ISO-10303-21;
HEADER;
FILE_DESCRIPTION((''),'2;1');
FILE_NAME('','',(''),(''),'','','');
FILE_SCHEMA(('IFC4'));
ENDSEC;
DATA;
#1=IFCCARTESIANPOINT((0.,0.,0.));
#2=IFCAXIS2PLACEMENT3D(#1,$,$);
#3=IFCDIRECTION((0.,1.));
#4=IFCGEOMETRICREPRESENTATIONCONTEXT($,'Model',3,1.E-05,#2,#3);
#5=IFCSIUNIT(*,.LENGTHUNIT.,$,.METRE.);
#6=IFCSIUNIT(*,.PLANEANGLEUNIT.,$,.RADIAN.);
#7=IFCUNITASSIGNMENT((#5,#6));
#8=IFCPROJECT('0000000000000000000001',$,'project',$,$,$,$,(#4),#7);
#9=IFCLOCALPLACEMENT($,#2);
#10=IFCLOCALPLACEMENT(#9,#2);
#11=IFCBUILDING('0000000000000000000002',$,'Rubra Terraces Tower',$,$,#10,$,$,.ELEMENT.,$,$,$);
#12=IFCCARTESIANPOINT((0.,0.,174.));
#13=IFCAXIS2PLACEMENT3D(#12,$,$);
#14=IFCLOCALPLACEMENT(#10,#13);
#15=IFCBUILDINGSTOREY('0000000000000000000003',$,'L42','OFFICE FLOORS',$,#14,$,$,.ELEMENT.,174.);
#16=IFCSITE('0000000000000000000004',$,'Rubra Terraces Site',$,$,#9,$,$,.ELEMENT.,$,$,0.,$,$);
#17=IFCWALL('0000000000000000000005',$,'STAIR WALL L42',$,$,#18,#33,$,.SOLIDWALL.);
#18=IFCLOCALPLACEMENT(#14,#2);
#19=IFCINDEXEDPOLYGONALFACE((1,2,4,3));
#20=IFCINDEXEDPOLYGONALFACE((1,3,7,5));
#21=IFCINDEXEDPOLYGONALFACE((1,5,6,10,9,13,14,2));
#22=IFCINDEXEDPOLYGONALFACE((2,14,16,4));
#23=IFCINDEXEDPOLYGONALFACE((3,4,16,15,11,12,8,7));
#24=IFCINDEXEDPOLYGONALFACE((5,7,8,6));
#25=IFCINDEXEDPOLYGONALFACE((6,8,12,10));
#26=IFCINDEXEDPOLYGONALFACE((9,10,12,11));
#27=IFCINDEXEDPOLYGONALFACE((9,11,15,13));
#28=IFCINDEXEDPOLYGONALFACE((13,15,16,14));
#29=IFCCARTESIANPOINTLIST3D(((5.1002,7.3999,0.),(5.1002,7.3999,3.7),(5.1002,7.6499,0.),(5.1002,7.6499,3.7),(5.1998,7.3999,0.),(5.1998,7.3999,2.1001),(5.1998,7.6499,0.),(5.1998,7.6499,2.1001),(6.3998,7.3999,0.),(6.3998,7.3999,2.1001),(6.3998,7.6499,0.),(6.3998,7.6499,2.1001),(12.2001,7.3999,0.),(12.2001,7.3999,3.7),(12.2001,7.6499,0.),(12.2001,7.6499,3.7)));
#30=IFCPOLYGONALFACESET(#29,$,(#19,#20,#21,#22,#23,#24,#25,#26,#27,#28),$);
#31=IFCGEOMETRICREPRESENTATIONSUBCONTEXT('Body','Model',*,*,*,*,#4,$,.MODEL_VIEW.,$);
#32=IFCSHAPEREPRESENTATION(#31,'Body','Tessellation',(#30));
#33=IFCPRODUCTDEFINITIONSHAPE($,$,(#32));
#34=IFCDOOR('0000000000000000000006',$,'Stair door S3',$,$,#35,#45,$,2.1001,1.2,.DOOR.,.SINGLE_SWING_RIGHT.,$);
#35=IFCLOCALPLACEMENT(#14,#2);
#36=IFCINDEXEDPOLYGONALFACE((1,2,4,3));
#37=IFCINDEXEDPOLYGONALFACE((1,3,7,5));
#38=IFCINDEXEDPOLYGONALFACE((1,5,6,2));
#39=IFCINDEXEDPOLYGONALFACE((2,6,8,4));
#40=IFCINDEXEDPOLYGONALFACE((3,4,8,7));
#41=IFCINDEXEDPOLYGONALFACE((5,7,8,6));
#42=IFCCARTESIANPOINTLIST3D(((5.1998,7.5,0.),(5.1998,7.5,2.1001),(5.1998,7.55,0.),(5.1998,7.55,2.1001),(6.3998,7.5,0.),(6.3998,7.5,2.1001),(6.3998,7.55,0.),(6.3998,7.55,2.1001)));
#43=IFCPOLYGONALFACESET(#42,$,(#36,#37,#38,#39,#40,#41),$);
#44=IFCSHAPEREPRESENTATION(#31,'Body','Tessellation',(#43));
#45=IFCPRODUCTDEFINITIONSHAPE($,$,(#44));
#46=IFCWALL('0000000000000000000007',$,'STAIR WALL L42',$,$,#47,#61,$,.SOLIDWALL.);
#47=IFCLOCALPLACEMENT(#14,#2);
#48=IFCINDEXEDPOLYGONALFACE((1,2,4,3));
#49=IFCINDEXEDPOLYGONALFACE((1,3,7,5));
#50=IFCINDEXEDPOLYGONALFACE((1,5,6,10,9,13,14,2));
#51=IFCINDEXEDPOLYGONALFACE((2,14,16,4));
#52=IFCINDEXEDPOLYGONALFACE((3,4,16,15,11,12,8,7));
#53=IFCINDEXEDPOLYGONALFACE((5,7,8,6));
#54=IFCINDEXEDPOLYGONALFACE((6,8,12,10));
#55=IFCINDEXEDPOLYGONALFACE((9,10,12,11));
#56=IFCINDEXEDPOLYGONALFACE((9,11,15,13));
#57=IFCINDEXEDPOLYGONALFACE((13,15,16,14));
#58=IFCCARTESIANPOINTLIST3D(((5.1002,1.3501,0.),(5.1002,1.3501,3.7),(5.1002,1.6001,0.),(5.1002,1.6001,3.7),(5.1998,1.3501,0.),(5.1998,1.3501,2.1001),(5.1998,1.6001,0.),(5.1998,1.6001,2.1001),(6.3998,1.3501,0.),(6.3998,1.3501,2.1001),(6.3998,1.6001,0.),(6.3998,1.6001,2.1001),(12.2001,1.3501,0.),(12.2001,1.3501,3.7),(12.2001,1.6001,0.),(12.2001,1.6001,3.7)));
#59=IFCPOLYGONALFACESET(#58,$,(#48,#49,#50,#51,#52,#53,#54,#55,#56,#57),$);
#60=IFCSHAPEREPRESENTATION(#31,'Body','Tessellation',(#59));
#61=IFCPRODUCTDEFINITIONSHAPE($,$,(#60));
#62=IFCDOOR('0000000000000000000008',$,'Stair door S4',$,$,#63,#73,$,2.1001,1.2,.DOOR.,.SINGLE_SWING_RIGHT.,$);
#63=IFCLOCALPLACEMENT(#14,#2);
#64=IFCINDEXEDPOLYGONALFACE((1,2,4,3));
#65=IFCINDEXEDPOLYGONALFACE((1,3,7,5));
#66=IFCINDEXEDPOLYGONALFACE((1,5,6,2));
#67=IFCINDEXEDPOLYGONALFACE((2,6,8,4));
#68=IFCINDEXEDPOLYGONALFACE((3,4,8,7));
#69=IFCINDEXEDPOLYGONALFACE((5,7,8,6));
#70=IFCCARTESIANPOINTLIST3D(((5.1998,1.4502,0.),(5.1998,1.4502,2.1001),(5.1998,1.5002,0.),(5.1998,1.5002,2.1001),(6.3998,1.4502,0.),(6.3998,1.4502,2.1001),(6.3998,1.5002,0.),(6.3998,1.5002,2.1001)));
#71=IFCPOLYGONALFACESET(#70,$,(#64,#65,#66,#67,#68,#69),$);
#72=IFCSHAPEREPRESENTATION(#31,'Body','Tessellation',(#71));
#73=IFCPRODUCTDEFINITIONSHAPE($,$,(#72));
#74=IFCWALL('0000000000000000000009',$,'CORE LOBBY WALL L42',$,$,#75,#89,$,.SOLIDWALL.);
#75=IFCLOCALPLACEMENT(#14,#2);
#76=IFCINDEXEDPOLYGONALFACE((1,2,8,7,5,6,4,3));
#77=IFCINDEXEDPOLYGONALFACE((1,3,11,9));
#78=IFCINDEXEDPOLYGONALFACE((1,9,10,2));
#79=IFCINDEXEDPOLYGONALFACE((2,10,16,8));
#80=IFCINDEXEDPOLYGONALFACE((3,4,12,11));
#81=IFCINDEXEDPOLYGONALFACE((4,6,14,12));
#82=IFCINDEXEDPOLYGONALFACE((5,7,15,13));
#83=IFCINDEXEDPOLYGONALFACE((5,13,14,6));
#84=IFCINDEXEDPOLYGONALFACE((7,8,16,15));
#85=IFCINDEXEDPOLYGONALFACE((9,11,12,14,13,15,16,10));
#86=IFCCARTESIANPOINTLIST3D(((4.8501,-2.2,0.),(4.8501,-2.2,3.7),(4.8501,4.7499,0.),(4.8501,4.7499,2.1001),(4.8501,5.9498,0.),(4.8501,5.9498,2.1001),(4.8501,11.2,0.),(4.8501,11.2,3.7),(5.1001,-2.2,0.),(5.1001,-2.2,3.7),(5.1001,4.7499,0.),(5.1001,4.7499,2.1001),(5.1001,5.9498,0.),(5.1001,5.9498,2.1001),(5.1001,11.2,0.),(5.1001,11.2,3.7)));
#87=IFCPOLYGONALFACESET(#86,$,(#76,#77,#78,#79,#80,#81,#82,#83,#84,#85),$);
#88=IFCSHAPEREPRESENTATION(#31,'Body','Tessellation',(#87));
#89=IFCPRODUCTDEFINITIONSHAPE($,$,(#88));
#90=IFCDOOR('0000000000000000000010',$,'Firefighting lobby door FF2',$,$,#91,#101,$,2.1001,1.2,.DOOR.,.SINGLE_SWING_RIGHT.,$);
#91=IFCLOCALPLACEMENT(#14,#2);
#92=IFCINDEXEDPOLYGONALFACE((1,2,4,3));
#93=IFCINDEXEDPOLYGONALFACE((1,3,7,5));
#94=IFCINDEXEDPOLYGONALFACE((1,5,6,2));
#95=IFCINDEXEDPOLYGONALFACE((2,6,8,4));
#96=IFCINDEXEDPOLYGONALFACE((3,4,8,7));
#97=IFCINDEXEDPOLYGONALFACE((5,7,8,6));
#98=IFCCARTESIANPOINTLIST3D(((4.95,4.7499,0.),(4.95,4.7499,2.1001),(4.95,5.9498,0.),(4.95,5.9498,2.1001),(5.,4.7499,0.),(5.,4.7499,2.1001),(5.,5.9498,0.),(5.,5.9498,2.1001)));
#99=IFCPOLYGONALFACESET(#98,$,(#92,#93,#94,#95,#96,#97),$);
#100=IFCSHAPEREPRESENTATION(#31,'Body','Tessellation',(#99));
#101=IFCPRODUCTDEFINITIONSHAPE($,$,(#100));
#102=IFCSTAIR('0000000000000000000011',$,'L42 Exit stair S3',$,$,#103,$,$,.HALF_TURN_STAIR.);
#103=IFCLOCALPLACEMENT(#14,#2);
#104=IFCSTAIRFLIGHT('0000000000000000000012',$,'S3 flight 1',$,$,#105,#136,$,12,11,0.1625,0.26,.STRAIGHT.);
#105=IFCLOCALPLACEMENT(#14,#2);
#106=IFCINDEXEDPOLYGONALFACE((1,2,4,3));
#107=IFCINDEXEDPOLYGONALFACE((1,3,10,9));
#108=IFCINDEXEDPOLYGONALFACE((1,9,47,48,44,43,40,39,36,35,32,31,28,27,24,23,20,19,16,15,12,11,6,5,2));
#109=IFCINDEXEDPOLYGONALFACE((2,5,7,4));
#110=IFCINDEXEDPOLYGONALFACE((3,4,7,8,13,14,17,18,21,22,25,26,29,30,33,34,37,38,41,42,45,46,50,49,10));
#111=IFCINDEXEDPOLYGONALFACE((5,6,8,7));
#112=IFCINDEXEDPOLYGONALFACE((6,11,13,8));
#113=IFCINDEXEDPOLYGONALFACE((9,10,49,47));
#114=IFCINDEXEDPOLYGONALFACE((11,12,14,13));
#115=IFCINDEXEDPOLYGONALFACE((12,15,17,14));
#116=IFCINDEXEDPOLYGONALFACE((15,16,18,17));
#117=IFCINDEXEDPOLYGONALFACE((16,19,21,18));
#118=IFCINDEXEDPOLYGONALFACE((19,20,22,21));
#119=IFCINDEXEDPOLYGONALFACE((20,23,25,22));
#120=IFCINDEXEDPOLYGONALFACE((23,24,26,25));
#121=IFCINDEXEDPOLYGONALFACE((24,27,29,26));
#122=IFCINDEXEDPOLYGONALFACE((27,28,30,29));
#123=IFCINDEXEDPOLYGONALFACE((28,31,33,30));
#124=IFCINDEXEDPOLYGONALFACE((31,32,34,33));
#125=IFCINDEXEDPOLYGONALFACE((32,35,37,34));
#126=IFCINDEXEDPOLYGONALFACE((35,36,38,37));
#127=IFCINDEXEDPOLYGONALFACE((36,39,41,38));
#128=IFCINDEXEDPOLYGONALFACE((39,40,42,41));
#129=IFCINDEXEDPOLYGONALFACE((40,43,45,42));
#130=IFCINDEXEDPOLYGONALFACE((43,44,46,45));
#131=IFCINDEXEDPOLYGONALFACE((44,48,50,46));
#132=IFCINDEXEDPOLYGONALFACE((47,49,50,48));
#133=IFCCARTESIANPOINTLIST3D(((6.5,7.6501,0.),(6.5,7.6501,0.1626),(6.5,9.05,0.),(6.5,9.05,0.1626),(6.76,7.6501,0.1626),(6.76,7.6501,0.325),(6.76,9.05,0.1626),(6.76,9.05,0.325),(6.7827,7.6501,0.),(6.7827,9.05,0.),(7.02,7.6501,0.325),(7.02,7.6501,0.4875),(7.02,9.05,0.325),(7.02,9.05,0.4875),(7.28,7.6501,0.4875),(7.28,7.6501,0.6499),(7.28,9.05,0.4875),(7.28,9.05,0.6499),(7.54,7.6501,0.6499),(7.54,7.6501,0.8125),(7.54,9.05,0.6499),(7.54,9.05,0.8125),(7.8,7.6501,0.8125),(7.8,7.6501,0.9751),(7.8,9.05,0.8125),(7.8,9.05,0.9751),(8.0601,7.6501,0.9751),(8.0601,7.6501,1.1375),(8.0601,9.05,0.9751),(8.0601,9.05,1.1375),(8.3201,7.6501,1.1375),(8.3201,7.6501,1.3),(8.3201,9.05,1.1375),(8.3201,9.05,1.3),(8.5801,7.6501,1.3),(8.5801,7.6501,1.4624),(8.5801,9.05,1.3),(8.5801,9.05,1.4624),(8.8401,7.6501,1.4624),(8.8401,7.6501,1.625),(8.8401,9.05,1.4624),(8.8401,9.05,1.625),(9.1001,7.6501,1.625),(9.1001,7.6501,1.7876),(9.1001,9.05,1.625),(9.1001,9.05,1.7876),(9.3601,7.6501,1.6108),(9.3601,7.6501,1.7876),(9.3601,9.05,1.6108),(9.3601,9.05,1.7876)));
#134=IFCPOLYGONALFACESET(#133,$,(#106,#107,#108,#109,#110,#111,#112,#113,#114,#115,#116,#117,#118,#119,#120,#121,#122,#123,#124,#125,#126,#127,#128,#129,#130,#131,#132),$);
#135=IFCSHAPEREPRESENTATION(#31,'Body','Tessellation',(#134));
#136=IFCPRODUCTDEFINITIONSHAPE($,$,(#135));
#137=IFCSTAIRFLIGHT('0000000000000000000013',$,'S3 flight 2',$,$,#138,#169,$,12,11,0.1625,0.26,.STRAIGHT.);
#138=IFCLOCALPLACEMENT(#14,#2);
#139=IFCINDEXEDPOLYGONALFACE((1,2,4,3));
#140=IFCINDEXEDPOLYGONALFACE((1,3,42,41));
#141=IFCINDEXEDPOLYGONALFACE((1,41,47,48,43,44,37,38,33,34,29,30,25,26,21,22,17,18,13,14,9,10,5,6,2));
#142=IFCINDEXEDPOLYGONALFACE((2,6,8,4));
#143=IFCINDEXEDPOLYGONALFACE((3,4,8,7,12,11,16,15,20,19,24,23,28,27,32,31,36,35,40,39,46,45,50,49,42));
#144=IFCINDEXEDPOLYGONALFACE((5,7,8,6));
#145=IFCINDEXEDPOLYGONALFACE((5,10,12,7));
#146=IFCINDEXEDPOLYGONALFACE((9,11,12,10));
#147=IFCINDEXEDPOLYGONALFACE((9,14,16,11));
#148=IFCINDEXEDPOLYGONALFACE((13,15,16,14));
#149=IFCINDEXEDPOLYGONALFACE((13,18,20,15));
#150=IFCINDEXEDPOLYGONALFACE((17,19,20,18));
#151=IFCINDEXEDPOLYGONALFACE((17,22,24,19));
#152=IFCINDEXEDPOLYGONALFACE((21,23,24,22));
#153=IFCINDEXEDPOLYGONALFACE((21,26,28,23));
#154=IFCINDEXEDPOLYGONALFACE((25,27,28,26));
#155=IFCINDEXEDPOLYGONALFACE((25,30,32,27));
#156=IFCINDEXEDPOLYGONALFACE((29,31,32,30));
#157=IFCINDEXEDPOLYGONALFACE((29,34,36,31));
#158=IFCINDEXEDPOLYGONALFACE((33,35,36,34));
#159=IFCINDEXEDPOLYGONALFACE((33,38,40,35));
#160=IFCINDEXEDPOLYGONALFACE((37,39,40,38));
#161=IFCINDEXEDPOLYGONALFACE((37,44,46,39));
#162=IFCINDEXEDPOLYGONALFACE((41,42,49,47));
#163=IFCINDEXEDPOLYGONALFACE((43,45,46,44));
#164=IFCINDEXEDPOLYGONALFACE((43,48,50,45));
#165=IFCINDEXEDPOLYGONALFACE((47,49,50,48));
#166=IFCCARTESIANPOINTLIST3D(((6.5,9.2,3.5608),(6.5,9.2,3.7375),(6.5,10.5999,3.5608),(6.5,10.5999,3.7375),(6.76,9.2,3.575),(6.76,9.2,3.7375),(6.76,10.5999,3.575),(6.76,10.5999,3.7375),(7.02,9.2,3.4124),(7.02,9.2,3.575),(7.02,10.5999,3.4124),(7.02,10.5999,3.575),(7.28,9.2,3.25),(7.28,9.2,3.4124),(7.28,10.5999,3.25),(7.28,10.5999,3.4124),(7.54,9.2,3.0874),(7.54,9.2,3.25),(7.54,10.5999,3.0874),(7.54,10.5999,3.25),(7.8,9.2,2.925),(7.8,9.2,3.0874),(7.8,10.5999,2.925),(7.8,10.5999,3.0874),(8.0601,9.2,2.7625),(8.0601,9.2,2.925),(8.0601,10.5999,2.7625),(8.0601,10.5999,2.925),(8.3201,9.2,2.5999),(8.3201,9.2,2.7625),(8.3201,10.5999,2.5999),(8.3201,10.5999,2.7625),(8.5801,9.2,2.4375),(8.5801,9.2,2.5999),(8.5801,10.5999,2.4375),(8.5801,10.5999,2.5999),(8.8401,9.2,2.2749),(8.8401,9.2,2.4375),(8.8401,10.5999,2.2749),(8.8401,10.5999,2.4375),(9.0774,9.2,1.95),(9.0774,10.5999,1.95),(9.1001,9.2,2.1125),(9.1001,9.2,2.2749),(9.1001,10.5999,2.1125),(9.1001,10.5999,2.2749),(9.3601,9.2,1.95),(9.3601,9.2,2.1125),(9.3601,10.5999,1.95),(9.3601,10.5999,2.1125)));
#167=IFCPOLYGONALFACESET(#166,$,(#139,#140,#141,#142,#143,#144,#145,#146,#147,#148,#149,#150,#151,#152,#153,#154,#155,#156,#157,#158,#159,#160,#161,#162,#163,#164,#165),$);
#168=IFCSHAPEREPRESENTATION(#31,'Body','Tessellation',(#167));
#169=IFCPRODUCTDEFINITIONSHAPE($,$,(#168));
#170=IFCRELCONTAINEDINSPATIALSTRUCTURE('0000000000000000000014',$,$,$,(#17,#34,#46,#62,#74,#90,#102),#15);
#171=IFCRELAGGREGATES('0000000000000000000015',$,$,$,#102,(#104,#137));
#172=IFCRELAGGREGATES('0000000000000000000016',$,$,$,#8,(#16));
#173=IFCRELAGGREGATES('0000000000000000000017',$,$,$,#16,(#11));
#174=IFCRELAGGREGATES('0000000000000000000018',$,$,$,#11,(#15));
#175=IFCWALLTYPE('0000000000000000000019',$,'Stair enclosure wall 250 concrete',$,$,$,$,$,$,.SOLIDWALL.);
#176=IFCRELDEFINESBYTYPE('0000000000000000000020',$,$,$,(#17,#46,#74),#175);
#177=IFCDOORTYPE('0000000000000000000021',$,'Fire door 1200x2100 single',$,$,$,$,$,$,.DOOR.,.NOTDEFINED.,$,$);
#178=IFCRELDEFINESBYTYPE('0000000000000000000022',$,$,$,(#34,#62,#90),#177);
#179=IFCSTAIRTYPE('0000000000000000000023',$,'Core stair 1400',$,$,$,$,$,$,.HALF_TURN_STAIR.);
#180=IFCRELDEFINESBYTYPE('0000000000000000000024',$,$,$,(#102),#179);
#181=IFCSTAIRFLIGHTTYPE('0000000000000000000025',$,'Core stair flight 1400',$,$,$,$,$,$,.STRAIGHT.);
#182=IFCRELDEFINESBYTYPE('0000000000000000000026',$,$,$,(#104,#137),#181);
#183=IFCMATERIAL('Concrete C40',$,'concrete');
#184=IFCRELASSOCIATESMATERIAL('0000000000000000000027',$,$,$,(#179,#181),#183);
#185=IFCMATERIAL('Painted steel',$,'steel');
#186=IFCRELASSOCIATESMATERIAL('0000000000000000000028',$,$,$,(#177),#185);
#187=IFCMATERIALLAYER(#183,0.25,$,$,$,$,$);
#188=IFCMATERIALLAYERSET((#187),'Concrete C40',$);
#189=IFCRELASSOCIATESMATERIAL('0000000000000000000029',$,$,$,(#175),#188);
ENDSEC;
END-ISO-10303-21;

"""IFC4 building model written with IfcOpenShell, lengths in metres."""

from ifc_helpers import new_model, si_unit, direction, frame, frame_2d, origin, place, context, subcontext, project, spatial, polyline, rectangle, outline, extrude, material, layer, layer_set, type_object, element, fill, aggregate, save


model = new_model("IFC4")

# Units and contexts
model_context = context("Model", 3, precision=1e-05, world=origin(), true_north=direction((0.0, 1.0)))
body_context = subcontext(model_context, "Body", "Model", "MODEL_VIEW")
ifc_project = project(units=[si_unit("LENGTHUNIT", "METRE"), si_unit("PLANEANGLEUNIT", "RADIAN")], contexts=[model_context])

# Site, building, storey
site_placement = place(None, origin())
site = spatial("IfcSite", under=ifc_project, at=site_placement, Name="Rubra Terraces Site", CompositionType="ELEMENT", RefElevation=0.0)
building_placement = place(site_placement, origin())
building = spatial("IfcBuilding", under=site, at=building_placement, Name="Rubra Terraces Tower", CompositionType="ELEMENT")
storey_placement = place(building_placement, frame((0.0, 0.0, 174.0)))
storey = spatial("IfcBuildingStorey", under=building, at=storey_placement, Name="L42", Description="OFFICE FLOORS", CompositionType="ELEMENT", Elevation=174.0)

# Shared definitions
ifc_material_1 = material(Name="Concrete C40", Category="concrete")
stair_type = type_object("IfcStairType", Name="Core stair 1400", PredefinedType="HALF_TURN_STAIR", material=ifc_material_1)

# Shared definitions
ifc_material_2 = material(Name="Painted steel", Category="steel")
door_type_1 = type_object("IfcDoorType", Name="Fire door 1200x2100 single", OperationType="NOTDEFINED", PredefinedType="DOOR", material=ifc_material_2)

# Walls, openings, doors
ifc_layer_1 = layer(ifc_material_1, 0.25)
ifc_layer_set_1 = layer_set([ifc_layer_1], Name="Concrete C40")
wall_type_1 = type_object("IfcWallType", Name="Stair enclosure wall 250 concrete", PredefinedType="SOLIDWALL", material=ifc_layer_set_1)
wall_1_placement = place(storey_placement, frame((12.2, 7.5249, 0.0), z_axis=(0.0, 0.0, 1.0), x_axis=(-1.0, 0.0, 0.0)))
wall_1 = element("IfcWall", 1, at=wall_1_placement, inside=storey, type_object=wall_type_1, Name="STAIR WALL L42", PredefinedType="SOLIDWALL", context=body_context, shape_type="SweptSolid", body=[
    extrude(rectangle(XDim=7.0999, YDim=0.25, at=frame_2d((3.5498, 0.0))), origin(), (0.0, 0.0, 1.0), 3.7),
])
opening_1_placement = place(wall_1_placement, frame((5.8, 0.0, 0.0)))
opening_1 = element("IfcOpeningElement", 2, at=opening_1_placement, cuts=wall_1, PredefinedType="OPENING", context=body_context, shape_type="SweptSolid", body=[
    extrude(rectangle(XDim=1.2, YDim=2.1001, at=frame_2d((0.6001, 1.05))), frame((0.0, 0.135, 0.0), z_axis=(0.0, -1.0, 0.0), x_axis=(1.0, 0.0, 0.0)), (0.0, 0.0, 1.0), 0.27),
])
door_1_placement = place(opening_1_placement, origin())
door_1 = element("IfcDoor", 3, at=door_1_placement, inside=storey, type_object=door_type_1, Name="Stair door S3", OperationType="SINGLE_SWING_RIGHT", OverallHeight=2.1001, OverallWidth=1.2, PredefinedType="DOOR", context=body_context, shape_type="SweptSolid", body=[
    extrude(rectangle(XDim=1.2, YDim=2.1001, at=frame_2d((0.6001, 1.05))), frame((0.0, 0.0249, 0.0), z_axis=(0.0, -1.0, 0.0), x_axis=(1.0, 0.0, 0.0)), (0.0, 0.0, 1.0), 0.05),
])
fill(opening_1, door_1)
wall_2_placement = place(storey_placement, frame((12.2, 1.4751, 0.0), z_axis=(0.0, 0.0, 1.0), x_axis=(-1.0, 0.0, 0.0)))
wall_2 = element("IfcWall", 4, at=wall_2_placement, inside=storey, type_object=wall_type_1, Name="STAIR WALL L42", PredefinedType="SOLIDWALL", context=body_context, shape_type="SweptSolid", body=[
    extrude(rectangle(XDim=7.0999, YDim=0.25, at=frame_2d((3.5498, 0.0))), origin(), (0.0, 0.0, 1.0), 3.7),
])
opening_2_placement = place(wall_2_placement, frame((5.8, 0.0, 0.0)))
opening_2 = element("IfcOpeningElement", 5, at=opening_2_placement, cuts=wall_2, PredefinedType="OPENING", context=body_context, shape_type="SweptSolid", body=[
    extrude(rectangle(XDim=1.2, YDim=2.1001, at=frame_2d((0.6001, 1.05))), frame((0.0, 0.135, 0.0), z_axis=(0.0, -1.0, 0.0), x_axis=(1.0, 0.0, 0.0)), (0.0, 0.0, 1.0), 0.27),
])
door_2_placement = place(opening_2_placement, origin())
door_2 = element("IfcDoor", 6, at=door_2_placement, inside=storey, type_object=door_type_1, Name="Stair door S4", OperationType="SINGLE_SWING_RIGHT", OverallHeight=2.1001, OverallWidth=1.2, PredefinedType="DOOR", context=body_context, shape_type="SweptSolid", body=[
    extrude(rectangle(XDim=1.2, YDim=2.1001, at=frame_2d((0.6001, 1.05))), frame((0.0, 0.0249, 0.0), z_axis=(0.0, -1.0, 0.0), x_axis=(1.0, 0.0, 0.0)), (0.0, 0.0, 1.0), 0.05),
])
fill(opening_2, door_2)
wall_3_placement = place(storey_placement, frame((4.9751, 11.2, 0.0), z_axis=(0.0, 0.0, 1.0), x_axis=(0.0, -1.0, 0.0)))
wall_3 = element("IfcWall", 7, at=wall_3_placement, inside=storey, type_object=wall_type_1, Name="CORE LOBBY WALL L42", PredefinedType="SOLIDWALL", context=body_context, shape_type="SweptSolid", body=[
    extrude(rectangle(XDim=13.3999, YDim=0.25, at=frame_2d((6.7, 0.0))), origin(), (0.0, 0.0, 1.0), 3.7),
])
opening_3_placement = place(wall_3_placement, frame((5.25, 0.0, 0.0)))
opening_3 = element("IfcOpeningElement", 8, at=opening_3_placement, cuts=wall_3, PredefinedType="OPENING", context=body_context, shape_type="SweptSolid", body=[
    extrude(rectangle(XDim=1.2, YDim=2.1001, at=frame_2d((0.6001, 1.05))), frame((0.0, 0.135, 0.0), z_axis=(0.0, -1.0, 0.0), x_axis=(1.0, 0.0, 0.0)), (0.0, 0.0, 1.0), 0.27),
])
door_3_placement = place(opening_3_placement, origin())
door_3 = element("IfcDoor", 9, at=door_3_placement, inside=storey, type_object=door_type_1, Name="Firefighting lobby door FF2", OperationType="SINGLE_SWING_RIGHT", OverallHeight=2.1001, OverallWidth=1.2, PredefinedType="DOOR", context=body_context, shape_type="SweptSolid", body=[
    extrude(rectangle(XDim=1.2, YDim=2.1001, at=frame_2d((0.6001, 1.05))), frame((0.0, 0.0249, 0.0), z_axis=(0.0, -1.0, 0.0), x_axis=(1.0, 0.0, 0.0)), (0.0, 0.0, 1.0), 0.05),
])
fill(opening_3, door_3)

# Stair, stair flights
stair_1_placement = place(storey_placement, origin())
stair_1 = element("IfcStair", 10, at=stair_1_placement, inside=storey, type_object=stair_type, Name="L42 Exit stair S3", PredefinedType="HALF_TURN_STAIR")
stair_flight_type = type_object("IfcStairFlightType", Name="Core stair flight 1400", PredefinedType="STRAIGHT", material=ifc_material_1)
stair_flight_1_placement = place(storey_placement, frame((6.5, 8.3501, 0.0), z_axis=(0.0, 0.0, 1.0), x_axis=(1.0, 0.0, 0.0)))
stair_flight_1 = element("IfcStairFlight", 11, at=stair_flight_1_placement, type_object=stair_flight_type, Name="S3 flight 1", NumberOfRisers=12, NumberOfTreads=11, PredefinedType="STRAIGHT", RiserHeight=0.1625, TreadLength=0.26, context=body_context, shape_type="SweptSolid", body=[
    extrude(outline(polyline([(0.0, 0.0), (0.0, 0.1626), (0.26, 0.1626), (0.26, 0.325), (0.52, 0.325), (0.52, 0.4875), (0.78, 0.4875), (0.78, 0.6499), (1.04, 0.6499), (1.04, 0.8125), (1.3, 0.8125), (1.3, 0.9751), (1.5601, 0.9751), (1.5601, 1.1375), (1.8201, 1.1375), (1.8201, 1.3), (2.0801, 1.3), (2.0801, 1.4624), (2.3401, 1.4624), (2.3401, 1.625), (2.6001, 1.625), (2.6001, 1.7876), (2.8601, 1.7876), (2.8601, 1.95), (2.8601, 1.6108), (0.2827, 0.0), (0.0, 0.0)])), frame((0.0, 0.7, 0.0), z_axis=(0.0, -1.0, 0.0), x_axis=(1.0, 0.0, 0.0)), (0.0, 0.0, 1.0), 1.3999),
])
stair_flight_2_placement = place(storey_placement, frame((9.3601, 9.8999, 1.95), z_axis=(0.0, 0.0, 1.0), x_axis=(-1.0, 0.0, 0.0)))
stair_flight_2 = element("IfcStairFlight", 12, at=stair_flight_2_placement, type_object=stair_flight_type, Name="S3 flight 2", NumberOfRisers=12, NumberOfTreads=11, PredefinedType="STRAIGHT", RiserHeight=0.1625, TreadLength=0.26, context=body_context, shape_type="SweptSolid", body=[
    extrude(outline(polyline([(0.0, 0.0), (0.0, 0.1626), (0.26, 0.1626), (0.26, 0.325), (0.52, 0.325), (0.52, 0.4875), (0.78, 0.4875), (0.78, 0.6499), (1.04, 0.6499), (1.04, 0.8125), (1.3, 0.8125), (1.3, 0.9751), (1.5601, 0.9751), (1.5601, 1.1375), (1.8201, 1.1375), (1.8201, 1.3), (2.0801, 1.3), (2.0801, 1.4624), (2.3401, 1.4624), (2.3401, 1.625), (2.6001, 1.625), (2.6001, 1.7876), (2.8601, 1.7876), (2.8601, 1.95), (2.8601, 1.6108), (0.2827, 0.0), (0.0, 0.0)])), frame((0.0, 0.7, 0.0), z_axis=(0.0, -1.0, 0.0), x_axis=(1.0, 0.0, 0.0)), (0.0, 0.0, 1.0), 1.3999),
])
aggregate(stair_1, [stair_flight_1, stair_flight_2])

save(model, "model.ifc")
